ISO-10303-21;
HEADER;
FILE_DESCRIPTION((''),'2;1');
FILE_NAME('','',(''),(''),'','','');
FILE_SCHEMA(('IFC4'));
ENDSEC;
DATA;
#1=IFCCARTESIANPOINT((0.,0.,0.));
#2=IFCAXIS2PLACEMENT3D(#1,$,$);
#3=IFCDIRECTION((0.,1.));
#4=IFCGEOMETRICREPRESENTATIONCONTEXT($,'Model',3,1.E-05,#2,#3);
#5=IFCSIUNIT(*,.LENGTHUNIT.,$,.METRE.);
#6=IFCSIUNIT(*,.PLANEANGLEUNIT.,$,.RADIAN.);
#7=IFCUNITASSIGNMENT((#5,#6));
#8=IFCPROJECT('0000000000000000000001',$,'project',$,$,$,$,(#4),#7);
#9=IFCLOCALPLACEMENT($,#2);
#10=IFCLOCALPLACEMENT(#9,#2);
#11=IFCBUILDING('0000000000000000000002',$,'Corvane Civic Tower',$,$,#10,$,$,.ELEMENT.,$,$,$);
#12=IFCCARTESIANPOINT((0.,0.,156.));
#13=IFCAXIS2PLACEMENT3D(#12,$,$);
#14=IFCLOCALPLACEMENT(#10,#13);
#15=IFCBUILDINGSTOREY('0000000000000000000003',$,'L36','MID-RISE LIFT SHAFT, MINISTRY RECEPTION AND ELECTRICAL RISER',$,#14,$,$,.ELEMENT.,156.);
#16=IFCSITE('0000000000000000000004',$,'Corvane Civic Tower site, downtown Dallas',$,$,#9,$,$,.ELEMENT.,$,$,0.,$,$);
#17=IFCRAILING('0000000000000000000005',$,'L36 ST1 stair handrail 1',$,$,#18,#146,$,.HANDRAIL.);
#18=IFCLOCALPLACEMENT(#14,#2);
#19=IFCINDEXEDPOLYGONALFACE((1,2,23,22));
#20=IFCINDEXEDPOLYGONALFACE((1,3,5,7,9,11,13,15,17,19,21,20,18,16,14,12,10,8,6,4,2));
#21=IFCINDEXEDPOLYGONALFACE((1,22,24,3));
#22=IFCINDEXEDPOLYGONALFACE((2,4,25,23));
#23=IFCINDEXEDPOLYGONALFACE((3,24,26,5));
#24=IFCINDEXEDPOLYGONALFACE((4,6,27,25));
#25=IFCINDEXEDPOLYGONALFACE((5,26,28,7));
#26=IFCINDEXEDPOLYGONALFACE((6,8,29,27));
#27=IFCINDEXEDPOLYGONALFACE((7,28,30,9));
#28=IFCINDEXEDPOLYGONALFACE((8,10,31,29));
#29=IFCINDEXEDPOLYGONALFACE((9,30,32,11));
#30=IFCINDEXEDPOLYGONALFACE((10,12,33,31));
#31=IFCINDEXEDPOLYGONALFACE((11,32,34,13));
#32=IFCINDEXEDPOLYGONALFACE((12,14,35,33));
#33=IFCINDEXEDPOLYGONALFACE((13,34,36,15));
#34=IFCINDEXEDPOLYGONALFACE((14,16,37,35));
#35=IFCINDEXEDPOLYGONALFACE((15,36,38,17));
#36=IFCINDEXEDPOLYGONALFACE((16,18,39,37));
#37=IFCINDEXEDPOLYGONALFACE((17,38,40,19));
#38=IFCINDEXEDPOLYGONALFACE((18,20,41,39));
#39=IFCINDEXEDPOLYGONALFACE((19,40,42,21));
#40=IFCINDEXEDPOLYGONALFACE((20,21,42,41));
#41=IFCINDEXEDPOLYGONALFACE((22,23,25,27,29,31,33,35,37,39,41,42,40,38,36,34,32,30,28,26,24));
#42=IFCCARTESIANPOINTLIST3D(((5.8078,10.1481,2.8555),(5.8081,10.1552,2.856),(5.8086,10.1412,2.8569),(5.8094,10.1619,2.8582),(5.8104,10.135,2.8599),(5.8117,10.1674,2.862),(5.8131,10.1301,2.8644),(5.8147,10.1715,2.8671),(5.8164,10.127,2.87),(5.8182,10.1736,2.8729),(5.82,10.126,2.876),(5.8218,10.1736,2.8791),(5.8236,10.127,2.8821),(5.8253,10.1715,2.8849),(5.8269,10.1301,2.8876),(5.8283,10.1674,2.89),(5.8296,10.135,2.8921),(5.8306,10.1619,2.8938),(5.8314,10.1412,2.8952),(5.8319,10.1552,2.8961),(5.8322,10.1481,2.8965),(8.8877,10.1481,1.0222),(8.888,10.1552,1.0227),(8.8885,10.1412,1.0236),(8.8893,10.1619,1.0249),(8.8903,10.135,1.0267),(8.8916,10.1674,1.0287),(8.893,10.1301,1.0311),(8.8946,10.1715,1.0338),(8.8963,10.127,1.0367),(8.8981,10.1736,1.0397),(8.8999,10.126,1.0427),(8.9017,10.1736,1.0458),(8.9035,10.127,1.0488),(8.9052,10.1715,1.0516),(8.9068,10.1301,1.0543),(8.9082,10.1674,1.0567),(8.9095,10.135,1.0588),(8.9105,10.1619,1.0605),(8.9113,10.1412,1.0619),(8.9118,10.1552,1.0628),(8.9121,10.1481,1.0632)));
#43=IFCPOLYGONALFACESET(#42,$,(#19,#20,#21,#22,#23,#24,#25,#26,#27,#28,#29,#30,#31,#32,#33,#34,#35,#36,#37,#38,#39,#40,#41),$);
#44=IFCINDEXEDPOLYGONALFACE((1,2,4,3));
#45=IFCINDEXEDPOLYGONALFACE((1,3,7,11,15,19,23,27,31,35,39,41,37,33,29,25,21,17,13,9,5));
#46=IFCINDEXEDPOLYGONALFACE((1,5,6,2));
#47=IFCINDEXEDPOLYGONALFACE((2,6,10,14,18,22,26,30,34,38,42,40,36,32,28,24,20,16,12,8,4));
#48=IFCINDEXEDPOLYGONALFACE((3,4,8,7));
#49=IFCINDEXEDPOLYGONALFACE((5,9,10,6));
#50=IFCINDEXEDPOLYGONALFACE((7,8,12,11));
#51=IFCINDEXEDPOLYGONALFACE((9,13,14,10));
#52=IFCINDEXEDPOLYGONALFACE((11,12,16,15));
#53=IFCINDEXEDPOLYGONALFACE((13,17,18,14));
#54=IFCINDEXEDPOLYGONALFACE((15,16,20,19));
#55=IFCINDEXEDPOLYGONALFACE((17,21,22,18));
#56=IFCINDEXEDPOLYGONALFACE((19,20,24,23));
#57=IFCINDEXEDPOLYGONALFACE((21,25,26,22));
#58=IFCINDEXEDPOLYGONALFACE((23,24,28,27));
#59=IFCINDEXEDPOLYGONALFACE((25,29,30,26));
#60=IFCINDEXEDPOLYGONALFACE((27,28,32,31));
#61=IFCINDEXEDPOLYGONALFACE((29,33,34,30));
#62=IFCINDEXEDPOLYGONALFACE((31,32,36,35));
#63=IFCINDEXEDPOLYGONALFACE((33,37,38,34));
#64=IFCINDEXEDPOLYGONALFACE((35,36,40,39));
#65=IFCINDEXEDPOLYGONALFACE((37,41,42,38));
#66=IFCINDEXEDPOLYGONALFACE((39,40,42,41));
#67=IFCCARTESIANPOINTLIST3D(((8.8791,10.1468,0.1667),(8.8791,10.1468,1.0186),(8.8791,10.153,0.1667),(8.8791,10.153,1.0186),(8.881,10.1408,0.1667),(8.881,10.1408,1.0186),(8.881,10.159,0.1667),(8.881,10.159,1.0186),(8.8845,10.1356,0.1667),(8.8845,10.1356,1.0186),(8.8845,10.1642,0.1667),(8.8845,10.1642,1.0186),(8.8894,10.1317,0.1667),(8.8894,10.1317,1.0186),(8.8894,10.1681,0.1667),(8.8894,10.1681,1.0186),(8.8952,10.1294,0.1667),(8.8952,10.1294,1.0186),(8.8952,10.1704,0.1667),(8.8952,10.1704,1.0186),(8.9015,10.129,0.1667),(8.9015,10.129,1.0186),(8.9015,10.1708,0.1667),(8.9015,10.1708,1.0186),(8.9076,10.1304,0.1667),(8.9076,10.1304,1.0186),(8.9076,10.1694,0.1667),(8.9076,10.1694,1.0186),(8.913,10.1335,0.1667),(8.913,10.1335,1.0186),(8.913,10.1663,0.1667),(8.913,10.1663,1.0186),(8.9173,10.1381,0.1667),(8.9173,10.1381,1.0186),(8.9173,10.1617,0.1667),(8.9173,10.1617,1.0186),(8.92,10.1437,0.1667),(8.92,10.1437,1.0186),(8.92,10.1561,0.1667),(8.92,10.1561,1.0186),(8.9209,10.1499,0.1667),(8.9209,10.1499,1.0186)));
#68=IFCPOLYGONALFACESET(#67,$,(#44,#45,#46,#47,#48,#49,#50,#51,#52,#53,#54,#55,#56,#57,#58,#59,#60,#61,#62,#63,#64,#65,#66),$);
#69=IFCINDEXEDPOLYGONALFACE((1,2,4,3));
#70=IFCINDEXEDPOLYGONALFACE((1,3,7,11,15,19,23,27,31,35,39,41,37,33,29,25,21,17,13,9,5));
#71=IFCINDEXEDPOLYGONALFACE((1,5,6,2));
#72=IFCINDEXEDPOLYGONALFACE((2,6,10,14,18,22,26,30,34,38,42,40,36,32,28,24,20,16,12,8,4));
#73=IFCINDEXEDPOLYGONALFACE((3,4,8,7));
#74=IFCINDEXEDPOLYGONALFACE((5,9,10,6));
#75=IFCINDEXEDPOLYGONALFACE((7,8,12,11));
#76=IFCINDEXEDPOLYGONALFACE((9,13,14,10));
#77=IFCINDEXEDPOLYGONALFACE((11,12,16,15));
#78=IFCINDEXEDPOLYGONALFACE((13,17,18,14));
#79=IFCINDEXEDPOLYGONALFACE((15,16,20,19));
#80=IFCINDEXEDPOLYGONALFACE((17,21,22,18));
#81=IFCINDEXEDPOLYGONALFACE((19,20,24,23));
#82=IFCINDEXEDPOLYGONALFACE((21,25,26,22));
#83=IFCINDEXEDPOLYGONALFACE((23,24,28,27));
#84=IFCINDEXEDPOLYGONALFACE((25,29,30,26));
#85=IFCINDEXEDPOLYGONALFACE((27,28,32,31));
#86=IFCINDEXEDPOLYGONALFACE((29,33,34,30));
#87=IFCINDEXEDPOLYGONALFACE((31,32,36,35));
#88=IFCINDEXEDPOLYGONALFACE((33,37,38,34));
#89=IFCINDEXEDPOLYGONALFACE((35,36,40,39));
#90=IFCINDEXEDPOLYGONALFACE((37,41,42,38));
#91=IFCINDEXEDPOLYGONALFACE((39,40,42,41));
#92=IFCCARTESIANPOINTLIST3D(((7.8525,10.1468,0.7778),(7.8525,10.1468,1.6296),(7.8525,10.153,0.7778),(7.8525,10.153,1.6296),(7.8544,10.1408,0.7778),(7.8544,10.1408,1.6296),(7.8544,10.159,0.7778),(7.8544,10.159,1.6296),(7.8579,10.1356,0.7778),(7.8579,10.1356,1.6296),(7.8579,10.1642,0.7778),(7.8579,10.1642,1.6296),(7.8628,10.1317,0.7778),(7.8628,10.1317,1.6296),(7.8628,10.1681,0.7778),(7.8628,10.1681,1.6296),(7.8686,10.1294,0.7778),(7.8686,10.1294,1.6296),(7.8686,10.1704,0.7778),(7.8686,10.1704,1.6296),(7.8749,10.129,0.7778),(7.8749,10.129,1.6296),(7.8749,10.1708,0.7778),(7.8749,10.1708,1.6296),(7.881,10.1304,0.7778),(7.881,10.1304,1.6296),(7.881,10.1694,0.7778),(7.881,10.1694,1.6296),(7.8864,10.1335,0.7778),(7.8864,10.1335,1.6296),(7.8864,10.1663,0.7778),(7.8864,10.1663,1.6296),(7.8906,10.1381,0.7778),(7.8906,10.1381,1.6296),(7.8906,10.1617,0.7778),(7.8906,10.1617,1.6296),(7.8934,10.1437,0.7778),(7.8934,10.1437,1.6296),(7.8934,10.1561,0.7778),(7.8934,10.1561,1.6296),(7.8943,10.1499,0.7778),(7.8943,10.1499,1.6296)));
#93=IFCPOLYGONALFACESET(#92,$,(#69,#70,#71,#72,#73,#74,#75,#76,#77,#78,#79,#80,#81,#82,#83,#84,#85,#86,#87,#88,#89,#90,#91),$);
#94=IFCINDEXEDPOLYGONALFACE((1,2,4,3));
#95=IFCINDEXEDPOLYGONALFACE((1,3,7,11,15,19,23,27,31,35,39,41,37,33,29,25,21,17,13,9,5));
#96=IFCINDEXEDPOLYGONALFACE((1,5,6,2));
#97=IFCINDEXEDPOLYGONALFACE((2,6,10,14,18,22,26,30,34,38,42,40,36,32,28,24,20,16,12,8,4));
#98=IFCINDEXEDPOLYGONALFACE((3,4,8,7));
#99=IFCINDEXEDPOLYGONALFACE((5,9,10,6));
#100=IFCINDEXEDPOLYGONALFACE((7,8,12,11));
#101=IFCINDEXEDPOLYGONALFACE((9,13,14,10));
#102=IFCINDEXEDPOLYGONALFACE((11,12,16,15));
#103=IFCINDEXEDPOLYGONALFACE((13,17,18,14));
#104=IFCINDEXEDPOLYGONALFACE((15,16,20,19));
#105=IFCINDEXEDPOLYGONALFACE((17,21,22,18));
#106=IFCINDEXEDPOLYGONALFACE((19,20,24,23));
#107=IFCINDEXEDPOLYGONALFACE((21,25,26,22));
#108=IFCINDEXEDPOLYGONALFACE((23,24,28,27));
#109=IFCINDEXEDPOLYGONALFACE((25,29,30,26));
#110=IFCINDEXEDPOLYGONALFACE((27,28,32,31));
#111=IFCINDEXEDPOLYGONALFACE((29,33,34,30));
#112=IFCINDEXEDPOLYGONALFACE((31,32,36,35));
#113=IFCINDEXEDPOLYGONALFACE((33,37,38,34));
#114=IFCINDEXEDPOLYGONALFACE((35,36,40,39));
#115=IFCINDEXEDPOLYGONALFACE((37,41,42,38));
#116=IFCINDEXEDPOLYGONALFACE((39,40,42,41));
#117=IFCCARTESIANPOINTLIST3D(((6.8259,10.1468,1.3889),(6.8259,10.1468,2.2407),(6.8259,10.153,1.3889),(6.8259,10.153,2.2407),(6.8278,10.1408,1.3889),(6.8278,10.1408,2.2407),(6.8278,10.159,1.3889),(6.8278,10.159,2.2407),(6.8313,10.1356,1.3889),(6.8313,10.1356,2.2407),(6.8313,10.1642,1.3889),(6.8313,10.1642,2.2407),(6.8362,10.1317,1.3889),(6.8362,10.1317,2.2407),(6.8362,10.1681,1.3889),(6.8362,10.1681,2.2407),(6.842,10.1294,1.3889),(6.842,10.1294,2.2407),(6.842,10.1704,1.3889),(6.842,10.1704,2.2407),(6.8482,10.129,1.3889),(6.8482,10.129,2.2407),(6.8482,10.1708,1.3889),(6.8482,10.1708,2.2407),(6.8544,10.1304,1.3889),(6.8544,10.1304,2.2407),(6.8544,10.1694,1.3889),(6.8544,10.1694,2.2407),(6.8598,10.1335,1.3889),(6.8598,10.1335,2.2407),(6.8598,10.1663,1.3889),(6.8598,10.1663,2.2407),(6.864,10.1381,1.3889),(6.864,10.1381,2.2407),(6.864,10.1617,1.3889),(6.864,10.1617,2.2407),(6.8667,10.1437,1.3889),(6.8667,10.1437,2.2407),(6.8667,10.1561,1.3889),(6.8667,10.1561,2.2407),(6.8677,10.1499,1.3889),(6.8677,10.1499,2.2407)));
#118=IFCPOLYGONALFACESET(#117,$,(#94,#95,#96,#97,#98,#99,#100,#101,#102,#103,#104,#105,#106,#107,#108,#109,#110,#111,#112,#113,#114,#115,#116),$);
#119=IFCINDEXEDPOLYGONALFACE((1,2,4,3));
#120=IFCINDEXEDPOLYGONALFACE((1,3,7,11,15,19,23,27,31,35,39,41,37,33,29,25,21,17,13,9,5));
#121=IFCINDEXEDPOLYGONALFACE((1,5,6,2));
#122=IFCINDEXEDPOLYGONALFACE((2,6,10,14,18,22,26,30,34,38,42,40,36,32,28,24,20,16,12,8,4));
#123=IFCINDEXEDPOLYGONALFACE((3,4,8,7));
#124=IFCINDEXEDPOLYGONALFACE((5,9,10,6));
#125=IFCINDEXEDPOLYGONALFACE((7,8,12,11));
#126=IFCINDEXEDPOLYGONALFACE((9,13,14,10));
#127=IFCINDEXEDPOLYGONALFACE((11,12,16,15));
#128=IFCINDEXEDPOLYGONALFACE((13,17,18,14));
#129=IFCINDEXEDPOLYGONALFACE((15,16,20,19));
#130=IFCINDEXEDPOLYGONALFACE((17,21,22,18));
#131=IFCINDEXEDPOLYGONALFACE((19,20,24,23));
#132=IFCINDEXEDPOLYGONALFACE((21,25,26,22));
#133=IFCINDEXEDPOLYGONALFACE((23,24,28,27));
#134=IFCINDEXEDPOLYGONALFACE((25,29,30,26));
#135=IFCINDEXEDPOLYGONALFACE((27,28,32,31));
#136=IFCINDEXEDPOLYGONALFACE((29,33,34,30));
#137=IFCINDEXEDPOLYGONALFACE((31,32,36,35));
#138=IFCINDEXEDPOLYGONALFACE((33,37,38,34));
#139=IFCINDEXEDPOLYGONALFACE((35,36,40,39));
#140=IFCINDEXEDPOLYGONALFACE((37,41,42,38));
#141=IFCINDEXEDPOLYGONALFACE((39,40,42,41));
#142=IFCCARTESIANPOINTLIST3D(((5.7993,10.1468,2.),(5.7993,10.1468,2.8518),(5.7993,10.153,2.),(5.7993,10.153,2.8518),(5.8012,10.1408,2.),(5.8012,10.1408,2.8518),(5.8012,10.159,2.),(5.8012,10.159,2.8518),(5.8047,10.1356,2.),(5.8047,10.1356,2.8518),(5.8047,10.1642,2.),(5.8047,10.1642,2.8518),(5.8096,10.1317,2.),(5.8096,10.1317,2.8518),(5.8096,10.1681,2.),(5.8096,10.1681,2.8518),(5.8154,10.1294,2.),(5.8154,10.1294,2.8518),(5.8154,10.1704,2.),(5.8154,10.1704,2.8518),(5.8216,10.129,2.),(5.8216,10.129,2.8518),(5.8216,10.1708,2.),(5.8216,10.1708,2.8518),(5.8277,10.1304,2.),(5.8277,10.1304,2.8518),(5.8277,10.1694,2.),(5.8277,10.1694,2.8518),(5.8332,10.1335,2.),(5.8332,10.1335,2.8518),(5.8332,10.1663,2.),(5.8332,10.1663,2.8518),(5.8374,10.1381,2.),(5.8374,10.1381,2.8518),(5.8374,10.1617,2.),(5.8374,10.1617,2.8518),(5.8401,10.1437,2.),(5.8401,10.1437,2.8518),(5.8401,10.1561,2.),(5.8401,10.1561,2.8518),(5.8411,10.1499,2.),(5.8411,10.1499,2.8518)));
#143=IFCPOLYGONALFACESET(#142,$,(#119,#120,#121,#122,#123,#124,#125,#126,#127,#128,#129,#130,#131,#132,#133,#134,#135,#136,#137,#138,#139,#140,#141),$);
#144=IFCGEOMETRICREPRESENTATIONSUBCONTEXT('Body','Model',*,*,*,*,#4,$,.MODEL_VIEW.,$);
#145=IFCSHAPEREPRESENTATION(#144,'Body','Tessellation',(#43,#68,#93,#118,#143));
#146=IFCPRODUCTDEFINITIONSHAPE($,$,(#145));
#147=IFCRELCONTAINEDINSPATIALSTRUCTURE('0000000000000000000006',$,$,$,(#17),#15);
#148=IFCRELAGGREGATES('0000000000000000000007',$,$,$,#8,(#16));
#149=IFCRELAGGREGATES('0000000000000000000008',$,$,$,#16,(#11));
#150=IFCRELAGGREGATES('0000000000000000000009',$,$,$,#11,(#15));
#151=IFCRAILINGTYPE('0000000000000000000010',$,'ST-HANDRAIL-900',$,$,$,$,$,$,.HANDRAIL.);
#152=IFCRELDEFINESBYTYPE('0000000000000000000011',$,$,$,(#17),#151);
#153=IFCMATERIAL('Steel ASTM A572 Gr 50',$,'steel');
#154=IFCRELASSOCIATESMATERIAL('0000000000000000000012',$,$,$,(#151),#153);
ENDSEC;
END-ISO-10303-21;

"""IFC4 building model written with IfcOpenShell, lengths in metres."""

from ifc_helpers import new_model, si_unit, direction, frame, origin, origin_2d, place, context, subcontext, project, spatial, circle, extrude, material, type_object, element, save


model = new_model("IFC4")

# Units and contexts
model_context = context("Model", 3, precision=1e-05, world=origin(), true_north=direction((0.0, 1.0)))
body_context = subcontext(model_context, "Body", "Model", "MODEL_VIEW")
ifc_project = project(units=[si_unit("LENGTHUNIT", "METRE"), si_unit("PLANEANGLEUNIT", "RADIAN")], contexts=[model_context])

# Site, building, storey
site_placement = place(None, origin())
site = spatial("IfcSite", under=ifc_project, at=site_placement, Name="Corvane Civic Tower site, downtown Dallas", CompositionType="ELEMENT", RefElevation=0.0)
building_placement = place(site_placement, origin())
building = spatial("IfcBuilding", under=site, at=building_placement, Name="Corvane Civic Tower", CompositionType="ELEMENT")
storey_placement = place(building_placement, frame((0.0, 0.0, 156.0)))
storey = spatial("IfcBuildingStorey", under=building, at=storey_placement, Name="L36", Description="MID-RISE LIFT SHAFT, MINISTRY RECEPTION AND ELECTRICAL RISER", CompositionType="ELEMENT", Elevation=156.0)

# Railing
ifc_material_1 = material(Name="Steel ASTM A572 Gr 50", Category="steel")
railing_type_1 = type_object("IfcRailingType", Name="ST-HANDRAIL-900", PredefinedType="HANDRAIL", material=ifc_material_1)
railing_1_placement = place(storey_placement, frame((8.8999, 10.1499, 0.1667)))
element("IfcRailing", 1, at=railing_1_placement, inside=storey, type_object=railing_type_1, Name="L36 ST1 stair handrail 1", PredefinedType="HANDRAIL", context=body_context, shape_type="SweptSolid", body=[
    extrude(circle(Radius=0.0239, at=origin_2d()), frame((0.0, 0.0, 0.876), z_axis=(-0.859291, 0.0, 0.511487), x_axis=(0.0, -1.0, 0.0)), (0.0, 0.0, 1.0), 3.5842),
    extrude(circle(Radius=0.021, at=origin_2d()), origin(), (0.0, 0.0, 1.0), 0.8518),
    extrude(circle(Radius=0.021, at=origin_2d()), frame((-1.0266, 0.0, 0.6111)), (0.0, 0.0, 1.0), 0.8518),
    extrude(circle(Radius=0.021, at=origin_2d()), frame((-2.0532, 0.0, 1.2222)), (0.0, 0.0, 1.0), 0.8518),
    extrude(circle(Radius=0.021, at=origin_2d()), frame((-3.0798, 0.0, 1.8333)), (0.0, 0.0, 1.0), 0.8518),
])

save(model, "model.ifc")
